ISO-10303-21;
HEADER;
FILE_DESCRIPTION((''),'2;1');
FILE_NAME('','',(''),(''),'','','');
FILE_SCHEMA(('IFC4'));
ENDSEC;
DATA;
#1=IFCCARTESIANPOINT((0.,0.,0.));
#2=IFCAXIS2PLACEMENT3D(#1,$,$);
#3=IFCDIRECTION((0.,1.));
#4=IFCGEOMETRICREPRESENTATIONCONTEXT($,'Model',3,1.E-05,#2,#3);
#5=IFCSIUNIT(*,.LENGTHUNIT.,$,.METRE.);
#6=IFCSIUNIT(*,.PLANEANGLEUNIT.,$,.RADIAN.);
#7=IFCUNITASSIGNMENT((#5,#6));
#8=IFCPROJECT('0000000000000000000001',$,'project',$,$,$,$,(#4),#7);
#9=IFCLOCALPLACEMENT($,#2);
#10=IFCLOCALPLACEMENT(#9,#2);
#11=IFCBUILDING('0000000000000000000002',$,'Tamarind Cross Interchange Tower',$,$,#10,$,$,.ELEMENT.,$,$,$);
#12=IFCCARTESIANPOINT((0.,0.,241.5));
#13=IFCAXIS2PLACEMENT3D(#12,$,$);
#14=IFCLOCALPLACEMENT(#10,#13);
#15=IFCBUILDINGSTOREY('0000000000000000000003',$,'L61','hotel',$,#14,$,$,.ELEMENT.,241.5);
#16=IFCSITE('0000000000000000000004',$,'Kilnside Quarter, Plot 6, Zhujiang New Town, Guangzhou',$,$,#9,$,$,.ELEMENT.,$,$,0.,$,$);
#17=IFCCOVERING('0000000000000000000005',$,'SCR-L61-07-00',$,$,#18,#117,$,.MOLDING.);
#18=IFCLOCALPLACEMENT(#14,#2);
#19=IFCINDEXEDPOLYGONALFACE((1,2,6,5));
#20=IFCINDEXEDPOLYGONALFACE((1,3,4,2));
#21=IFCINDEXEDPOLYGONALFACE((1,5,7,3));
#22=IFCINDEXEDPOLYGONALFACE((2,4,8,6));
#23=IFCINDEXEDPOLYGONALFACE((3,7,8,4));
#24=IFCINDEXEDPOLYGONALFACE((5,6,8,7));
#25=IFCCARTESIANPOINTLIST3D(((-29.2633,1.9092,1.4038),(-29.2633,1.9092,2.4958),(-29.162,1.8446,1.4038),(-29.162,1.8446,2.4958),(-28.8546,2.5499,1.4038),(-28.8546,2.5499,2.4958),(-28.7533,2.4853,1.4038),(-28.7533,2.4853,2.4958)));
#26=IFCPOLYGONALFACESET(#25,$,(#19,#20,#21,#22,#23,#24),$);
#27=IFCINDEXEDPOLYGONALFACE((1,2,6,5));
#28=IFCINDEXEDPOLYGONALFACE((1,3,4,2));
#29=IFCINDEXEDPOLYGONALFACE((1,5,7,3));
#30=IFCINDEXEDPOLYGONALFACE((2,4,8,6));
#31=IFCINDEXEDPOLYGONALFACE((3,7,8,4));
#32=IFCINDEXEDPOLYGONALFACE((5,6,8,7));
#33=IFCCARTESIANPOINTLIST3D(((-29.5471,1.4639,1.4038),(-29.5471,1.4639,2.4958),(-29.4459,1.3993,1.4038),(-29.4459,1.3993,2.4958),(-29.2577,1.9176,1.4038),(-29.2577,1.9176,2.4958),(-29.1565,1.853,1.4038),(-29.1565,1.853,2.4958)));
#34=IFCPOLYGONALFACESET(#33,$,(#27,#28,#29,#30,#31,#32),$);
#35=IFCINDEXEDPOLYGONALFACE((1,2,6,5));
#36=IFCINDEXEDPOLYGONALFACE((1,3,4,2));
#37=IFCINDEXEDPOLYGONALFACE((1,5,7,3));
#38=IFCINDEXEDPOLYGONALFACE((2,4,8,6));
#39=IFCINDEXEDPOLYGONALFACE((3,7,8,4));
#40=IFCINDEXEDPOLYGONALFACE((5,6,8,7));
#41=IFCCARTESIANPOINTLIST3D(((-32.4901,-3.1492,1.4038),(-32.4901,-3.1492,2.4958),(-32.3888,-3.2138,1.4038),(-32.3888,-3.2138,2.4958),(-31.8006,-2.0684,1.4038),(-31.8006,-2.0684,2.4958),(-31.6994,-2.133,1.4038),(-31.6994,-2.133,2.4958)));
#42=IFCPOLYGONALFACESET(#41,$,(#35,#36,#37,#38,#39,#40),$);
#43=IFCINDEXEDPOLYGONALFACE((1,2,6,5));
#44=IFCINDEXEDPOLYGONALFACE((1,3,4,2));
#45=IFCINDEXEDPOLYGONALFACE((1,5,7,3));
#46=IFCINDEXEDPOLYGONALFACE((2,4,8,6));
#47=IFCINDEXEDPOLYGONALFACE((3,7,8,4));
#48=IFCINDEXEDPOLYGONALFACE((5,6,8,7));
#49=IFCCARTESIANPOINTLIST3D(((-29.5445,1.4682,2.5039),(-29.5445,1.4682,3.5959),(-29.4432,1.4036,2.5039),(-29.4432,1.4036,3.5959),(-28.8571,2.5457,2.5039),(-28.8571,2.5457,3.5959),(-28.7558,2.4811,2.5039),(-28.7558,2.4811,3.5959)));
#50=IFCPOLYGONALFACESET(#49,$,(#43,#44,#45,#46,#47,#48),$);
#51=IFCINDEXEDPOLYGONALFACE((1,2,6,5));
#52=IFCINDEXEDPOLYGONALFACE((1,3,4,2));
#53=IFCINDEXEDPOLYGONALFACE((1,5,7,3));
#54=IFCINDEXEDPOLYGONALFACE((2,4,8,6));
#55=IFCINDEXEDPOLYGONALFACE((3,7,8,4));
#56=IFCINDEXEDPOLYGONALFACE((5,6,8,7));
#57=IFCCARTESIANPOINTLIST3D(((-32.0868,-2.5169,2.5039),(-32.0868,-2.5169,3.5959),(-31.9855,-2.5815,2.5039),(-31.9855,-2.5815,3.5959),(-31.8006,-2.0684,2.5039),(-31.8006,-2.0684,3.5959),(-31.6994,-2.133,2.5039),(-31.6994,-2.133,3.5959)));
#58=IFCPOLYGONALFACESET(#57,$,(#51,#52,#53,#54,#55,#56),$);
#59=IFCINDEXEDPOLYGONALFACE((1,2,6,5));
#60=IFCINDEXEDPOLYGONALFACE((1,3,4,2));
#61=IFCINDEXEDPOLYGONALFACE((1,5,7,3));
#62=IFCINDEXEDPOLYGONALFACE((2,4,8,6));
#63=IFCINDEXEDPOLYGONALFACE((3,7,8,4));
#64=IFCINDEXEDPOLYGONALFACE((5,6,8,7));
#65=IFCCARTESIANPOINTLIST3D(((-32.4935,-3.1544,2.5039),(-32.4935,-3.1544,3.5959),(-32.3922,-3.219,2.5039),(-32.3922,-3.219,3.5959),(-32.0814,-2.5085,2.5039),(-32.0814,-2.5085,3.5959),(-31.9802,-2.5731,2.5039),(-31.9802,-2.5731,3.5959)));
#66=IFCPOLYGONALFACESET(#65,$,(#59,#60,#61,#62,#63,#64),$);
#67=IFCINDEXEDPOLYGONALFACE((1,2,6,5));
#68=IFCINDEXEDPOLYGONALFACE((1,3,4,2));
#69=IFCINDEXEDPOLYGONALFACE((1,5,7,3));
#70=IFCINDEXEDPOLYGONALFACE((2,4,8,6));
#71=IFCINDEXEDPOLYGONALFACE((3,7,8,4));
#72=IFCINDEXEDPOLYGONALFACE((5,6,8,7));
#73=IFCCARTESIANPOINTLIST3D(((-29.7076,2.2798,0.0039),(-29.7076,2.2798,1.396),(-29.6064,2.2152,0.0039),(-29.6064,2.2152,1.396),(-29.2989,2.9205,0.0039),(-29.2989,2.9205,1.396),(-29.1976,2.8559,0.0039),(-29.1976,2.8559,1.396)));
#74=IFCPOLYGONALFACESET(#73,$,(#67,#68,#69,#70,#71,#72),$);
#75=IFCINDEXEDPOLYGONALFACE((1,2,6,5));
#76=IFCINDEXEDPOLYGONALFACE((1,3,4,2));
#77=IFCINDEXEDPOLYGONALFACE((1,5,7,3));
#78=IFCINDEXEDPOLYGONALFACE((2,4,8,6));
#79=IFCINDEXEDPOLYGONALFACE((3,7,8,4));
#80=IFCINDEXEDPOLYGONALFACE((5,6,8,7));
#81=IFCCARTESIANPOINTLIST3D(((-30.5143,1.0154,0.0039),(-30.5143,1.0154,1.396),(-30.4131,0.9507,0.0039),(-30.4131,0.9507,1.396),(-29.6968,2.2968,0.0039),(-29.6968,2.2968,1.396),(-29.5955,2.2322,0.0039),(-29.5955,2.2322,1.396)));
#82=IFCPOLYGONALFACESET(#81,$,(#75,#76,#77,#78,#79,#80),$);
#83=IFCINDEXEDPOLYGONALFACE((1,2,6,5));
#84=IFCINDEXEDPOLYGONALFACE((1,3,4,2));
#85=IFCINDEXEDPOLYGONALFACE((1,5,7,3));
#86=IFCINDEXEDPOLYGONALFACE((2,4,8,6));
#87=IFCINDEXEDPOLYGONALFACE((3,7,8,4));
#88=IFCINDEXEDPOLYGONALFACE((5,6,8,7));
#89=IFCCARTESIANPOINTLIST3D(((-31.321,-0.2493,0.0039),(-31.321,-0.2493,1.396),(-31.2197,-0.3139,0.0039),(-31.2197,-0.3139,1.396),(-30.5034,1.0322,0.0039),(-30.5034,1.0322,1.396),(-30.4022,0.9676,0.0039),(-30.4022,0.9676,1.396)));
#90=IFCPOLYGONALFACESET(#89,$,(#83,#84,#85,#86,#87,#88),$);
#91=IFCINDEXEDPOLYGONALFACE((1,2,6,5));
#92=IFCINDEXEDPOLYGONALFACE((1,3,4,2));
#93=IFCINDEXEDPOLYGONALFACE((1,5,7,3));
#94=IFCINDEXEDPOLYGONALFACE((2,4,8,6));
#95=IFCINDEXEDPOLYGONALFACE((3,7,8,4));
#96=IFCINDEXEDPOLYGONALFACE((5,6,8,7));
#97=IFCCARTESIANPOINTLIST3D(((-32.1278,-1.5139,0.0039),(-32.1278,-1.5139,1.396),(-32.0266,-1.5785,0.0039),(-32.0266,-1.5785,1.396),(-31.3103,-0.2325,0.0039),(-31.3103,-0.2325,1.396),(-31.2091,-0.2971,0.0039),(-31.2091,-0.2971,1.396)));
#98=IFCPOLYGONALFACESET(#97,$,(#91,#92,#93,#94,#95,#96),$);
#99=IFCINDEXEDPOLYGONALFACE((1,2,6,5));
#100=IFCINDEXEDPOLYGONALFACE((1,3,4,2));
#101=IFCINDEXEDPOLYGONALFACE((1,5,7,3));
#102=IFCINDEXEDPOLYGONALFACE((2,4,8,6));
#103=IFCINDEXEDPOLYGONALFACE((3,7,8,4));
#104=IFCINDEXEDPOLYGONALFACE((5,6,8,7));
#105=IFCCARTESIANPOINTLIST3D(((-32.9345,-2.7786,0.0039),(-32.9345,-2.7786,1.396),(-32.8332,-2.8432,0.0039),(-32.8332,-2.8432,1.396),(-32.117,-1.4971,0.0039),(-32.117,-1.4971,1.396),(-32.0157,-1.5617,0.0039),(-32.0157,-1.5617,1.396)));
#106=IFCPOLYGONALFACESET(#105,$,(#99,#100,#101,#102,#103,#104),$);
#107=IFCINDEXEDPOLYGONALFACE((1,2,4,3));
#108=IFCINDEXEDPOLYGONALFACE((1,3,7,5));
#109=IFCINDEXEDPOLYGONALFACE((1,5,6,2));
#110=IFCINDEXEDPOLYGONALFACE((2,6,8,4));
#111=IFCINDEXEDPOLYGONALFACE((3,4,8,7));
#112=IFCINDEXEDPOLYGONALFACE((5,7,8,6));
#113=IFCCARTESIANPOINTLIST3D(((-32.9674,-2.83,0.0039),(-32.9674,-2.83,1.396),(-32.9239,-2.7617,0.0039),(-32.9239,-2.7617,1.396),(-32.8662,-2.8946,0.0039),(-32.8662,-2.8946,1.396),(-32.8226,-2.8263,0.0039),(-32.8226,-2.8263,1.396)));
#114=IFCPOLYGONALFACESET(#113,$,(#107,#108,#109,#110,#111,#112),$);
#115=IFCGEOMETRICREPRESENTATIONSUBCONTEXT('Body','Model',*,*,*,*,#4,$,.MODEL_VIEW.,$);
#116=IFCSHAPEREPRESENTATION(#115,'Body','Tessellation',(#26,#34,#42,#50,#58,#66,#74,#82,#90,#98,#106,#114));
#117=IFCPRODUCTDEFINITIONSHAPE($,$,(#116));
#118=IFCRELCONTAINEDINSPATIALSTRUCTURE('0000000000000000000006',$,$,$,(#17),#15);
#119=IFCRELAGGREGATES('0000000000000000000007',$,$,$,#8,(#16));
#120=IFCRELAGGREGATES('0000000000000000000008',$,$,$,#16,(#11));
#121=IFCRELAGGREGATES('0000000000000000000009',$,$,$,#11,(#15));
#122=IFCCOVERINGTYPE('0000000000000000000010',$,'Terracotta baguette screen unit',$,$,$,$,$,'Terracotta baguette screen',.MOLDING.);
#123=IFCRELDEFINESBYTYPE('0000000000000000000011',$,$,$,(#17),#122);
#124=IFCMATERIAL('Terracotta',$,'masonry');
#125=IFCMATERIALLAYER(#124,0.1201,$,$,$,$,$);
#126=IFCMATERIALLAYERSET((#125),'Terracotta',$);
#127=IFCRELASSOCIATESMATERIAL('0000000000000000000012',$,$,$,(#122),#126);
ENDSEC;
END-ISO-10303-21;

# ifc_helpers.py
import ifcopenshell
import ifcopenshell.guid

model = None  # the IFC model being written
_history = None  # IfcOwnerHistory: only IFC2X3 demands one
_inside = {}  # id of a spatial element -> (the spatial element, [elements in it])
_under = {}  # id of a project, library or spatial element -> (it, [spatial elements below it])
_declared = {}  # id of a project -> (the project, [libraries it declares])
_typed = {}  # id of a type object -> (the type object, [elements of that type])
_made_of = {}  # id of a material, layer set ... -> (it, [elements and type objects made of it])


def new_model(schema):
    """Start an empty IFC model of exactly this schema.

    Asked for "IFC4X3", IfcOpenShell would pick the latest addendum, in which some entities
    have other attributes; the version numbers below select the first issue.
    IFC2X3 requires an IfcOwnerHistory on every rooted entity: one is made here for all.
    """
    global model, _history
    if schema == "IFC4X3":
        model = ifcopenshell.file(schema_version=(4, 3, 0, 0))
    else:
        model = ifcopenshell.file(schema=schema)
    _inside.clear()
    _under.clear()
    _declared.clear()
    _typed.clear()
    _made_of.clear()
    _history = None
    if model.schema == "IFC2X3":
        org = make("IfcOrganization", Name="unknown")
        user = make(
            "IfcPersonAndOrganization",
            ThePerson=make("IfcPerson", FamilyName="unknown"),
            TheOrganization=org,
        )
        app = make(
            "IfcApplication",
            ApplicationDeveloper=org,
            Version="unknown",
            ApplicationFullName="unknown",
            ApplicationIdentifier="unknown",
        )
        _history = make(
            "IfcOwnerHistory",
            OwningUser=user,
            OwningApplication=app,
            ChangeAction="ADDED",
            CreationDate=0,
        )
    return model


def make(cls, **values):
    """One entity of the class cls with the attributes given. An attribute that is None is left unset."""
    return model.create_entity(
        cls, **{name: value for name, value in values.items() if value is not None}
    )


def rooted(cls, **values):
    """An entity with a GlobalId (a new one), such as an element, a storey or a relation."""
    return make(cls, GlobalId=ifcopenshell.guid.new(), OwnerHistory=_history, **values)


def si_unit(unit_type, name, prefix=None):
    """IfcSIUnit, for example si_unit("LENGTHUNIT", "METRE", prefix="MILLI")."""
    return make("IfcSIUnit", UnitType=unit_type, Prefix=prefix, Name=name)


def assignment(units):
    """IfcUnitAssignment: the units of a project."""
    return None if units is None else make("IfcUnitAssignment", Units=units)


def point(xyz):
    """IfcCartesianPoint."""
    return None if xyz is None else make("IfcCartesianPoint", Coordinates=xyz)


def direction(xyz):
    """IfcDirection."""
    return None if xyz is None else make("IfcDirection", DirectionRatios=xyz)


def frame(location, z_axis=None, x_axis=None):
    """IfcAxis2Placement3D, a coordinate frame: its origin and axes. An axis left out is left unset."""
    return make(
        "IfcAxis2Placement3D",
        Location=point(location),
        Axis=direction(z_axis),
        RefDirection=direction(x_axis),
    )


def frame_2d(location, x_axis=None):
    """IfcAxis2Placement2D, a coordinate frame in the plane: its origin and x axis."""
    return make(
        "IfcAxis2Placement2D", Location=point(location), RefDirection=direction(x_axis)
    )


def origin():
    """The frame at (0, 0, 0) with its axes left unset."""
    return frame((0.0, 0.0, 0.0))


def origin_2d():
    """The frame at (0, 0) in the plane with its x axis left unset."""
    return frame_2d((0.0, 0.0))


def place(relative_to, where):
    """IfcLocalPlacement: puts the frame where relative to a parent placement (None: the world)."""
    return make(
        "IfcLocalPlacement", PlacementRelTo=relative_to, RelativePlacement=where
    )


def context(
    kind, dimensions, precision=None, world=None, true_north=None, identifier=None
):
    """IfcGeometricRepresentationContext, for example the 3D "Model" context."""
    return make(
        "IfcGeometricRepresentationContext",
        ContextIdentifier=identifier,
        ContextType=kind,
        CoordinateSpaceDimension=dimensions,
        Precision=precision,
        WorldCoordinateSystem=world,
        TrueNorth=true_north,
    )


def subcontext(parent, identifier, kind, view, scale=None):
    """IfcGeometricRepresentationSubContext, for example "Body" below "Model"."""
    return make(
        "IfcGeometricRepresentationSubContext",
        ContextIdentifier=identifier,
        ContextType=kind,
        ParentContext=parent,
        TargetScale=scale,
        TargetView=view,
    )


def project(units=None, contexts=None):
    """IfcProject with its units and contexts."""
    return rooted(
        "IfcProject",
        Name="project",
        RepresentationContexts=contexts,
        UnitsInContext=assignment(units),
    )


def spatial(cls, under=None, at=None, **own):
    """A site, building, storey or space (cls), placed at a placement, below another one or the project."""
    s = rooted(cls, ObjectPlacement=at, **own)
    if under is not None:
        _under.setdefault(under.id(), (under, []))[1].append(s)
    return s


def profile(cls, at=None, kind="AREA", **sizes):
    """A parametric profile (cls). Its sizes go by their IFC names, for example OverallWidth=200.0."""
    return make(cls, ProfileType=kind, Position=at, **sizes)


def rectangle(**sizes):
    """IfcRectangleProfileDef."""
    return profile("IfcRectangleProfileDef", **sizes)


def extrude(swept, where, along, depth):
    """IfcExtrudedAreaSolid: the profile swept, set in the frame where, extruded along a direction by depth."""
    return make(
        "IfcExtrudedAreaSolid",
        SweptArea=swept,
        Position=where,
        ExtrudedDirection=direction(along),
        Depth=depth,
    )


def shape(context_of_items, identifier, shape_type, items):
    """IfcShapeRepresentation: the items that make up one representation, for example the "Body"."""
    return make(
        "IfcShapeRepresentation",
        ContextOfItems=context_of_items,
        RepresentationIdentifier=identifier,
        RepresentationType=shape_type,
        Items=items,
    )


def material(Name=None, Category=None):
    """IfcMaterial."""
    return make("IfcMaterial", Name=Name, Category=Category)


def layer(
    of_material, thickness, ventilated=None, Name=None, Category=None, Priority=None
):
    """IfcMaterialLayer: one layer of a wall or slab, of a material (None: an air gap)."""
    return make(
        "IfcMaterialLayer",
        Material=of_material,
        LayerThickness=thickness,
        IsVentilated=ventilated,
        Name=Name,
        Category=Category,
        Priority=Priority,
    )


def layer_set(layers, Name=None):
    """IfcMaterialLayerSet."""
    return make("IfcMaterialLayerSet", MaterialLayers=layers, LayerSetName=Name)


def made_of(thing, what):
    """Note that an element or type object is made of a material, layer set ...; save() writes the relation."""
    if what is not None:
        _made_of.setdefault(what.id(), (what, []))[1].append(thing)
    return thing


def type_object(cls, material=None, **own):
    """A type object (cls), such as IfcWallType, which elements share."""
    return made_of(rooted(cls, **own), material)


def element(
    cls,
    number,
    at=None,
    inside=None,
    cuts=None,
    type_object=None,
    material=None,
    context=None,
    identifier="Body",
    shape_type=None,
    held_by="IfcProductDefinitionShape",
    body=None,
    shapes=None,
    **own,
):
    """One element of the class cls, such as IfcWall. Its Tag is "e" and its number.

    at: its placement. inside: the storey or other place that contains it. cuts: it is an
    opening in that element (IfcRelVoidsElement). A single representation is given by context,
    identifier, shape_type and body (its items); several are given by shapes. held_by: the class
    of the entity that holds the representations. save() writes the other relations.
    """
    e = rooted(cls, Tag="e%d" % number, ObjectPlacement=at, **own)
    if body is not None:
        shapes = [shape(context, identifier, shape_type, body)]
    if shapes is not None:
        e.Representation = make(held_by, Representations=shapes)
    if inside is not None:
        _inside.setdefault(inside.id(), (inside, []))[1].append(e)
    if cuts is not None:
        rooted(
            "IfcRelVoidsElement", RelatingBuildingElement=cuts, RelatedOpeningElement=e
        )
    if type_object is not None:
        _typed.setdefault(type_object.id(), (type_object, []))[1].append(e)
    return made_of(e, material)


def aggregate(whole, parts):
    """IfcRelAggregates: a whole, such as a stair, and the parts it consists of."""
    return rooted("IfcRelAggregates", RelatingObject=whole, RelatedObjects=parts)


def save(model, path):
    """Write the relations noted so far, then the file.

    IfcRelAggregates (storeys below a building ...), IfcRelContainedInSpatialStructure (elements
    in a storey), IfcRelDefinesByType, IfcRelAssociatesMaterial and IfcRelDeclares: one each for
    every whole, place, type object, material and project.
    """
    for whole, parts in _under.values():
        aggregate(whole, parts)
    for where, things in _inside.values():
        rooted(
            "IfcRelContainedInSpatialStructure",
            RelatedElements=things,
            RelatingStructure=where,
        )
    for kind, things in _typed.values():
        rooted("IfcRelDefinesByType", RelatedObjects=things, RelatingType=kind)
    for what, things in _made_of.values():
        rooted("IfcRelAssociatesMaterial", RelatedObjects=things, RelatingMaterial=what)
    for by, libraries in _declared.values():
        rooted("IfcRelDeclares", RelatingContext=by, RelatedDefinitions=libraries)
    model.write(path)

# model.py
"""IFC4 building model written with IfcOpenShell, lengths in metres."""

from ifc_helpers import new_model, si_unit, direction, frame, origin, origin_2d, place, context, subcontext, project, spatial, rectangle, extrude, material, layer, layer_set, type_object, element, save


model = new_model("IFC4")

# Units and contexts
model_context = context("Model", 3, precision=1e-05, world=origin(), true_north=direction((0.0, 1.0)))
body_context = subcontext(model_context, "Body", "Model", "MODEL_VIEW")
ifc_project = project(units=[si_unit("LENGTHUNIT", "METRE"), si_unit("PLANEANGLEUNIT", "RADIAN")], contexts=[model_context])

# Site, building, storey
site_placement = place(None, origin())
site = spatial("IfcSite", under=ifc_project, at=site_placement, Name="Kilnside Quarter, Plot 6, Zhujiang New Town, Guangzhou", CompositionType="ELEMENT", RefElevation=0.0)
building_placement = place(site_placement, origin())
building = spatial("IfcBuilding", under=site, at=building_placement, Name="Tamarind Cross Interchange Tower", CompositionType="ELEMENT")
storey_placement = place(building_placement, frame((0.0, 0.0, 241.5)))
storey = spatial("IfcBuildingStorey", under=building, at=storey_placement, Name="L61", Description="hotel", CompositionType="ELEMENT", Elevation=241.5)

# Covering
ifc_material_1 = material(Name="Terracotta", Category="masonry")
ifc_layer_1 = layer(ifc_material_1, 0.1201)
ifc_layer_set_1 = layer_set([ifc_layer_1], Name="Terracotta")
covering_type = type_object("IfcCoveringType", Name="Terracotta baguette screen unit", ElementType="Terracotta baguette screen", PredefinedType="MOLDING", material=ifc_layer_set_1)
covering_1_placement = place(storey_placement, origin())
element("IfcCovering", 1, at=covering_1_placement, inside=storey, type_object=covering_type, Name="SCR-L61-07-00", PredefinedType="MOLDING", context=body_context, shape_type="SweptSolid", body=[
    extrude(rectangle(XDim=0.76, YDim=0.1201, at=origin_2d()), frame((-29.0083, 2.1973, 1.4038), z_axis=(0.0, 0.0, 1.0), x_axis=(-0.537829, -0.843054, 0.0)), (0.0, 0.0, 1.0), 1.092),
    extrude(rectangle(XDim=0.5381, YDim=0.1201, at=origin_2d()), frame((-29.3518, 1.6584, 1.4038), z_axis=(0.0, 0.0, 1.0), x_axis=(-0.537829, -0.843054, 0.0)), (0.0, 0.0, 1.0), 1.092),
    extrude(rectangle(XDim=1.282, YDim=0.1201, at=origin_2d()), frame((-32.0947, -2.6411, 1.4038), z_axis=(0.0, 0.0, 1.0), x_axis=(-0.537829, -0.843054, 0.0)), (0.0, 0.0, 1.0), 1.092),
    extrude(rectangle(XDim=1.2781, YDim=0.1201, at=origin_2d()), frame((-29.1501, 1.9746, 2.5039), z_axis=(0.0, 0.0, 1.0), x_axis=(-0.537829, -0.843054, 0.0)), (0.0, 0.0, 1.0), 1.092),
    extrude(rectangle(XDim=0.532, YDim=0.1201, at=origin_2d()), frame((-31.8931, -2.325, 2.5039), z_axis=(0.0, 0.0, 1.0), x_axis=(-0.537829, -0.843054, 0.0)), (0.0, 0.0, 1.0), 1.092),
    extrude(rectangle(XDim=0.7661, YDim=0.1201, at=origin_2d()), frame((-32.2368, -2.8638, 2.5039), z_axis=(0.0, 0.0, 1.0), x_axis=(-0.537829, -0.843054, 0.0)), (0.0, 0.0, 1.0), 1.092),
    extrude(rectangle(XDim=0.76, YDim=0.1201, at=origin_2d()), frame((-29.4526, 2.5679, 0.0039), z_axis=(0.0, 0.0, 1.0), x_axis=(-0.537829, -0.843054, 0.0)), (0.0, 0.0, 1.0), 1.3921),
    extrude(rectangle(XDim=1.52, YDim=0.1201, at=origin_2d()), frame((-30.0549, 1.6238, 0.0039), z_axis=(0.0, 0.0, 1.0), x_axis=(-0.537829, -0.843054, 0.0)), (0.0, 0.0, 1.0), 1.3921),
    extrude(rectangle(XDim=1.52, YDim=0.1201, at=origin_2d()), frame((-30.8616, 0.3591, 0.0039), z_axis=(0.0, 0.0, 1.0), x_axis=(-0.537829, -0.843054, 0.0)), (0.0, 0.0, 1.0), 1.3921),
    extrude(rectangle(XDim=1.52, YDim=0.1201, at=origin_2d()), frame((-31.6685, -0.9055, 0.0039), z_axis=(0.0, 0.0, 1.0), x_axis=(-0.537829, -0.843054, 0.0)), (0.0, 0.0, 1.0), 1.3921),
    extrude(rectangle(XDim=1.52, YDim=0.1201, at=origin_2d()), frame((-32.4751, -2.1702, 0.0039), z_axis=(0.0, 0.0, 1.0), x_axis=(-0.537829, -0.843054, 0.0)), (0.0, 0.0, 1.0), 1.3921),
    extrude(rectangle(XDim=0.0811, YDim=0.1201, at=origin_2d()), frame((-32.895, -2.8281, 0.0039), z_axis=(0.0, 0.0, 1.0), x_axis=(-0.537829, -0.843054, 0.0)), (0.0, 0.0, 1.0), 1.3921),
])

save(model, "model.ifc")
